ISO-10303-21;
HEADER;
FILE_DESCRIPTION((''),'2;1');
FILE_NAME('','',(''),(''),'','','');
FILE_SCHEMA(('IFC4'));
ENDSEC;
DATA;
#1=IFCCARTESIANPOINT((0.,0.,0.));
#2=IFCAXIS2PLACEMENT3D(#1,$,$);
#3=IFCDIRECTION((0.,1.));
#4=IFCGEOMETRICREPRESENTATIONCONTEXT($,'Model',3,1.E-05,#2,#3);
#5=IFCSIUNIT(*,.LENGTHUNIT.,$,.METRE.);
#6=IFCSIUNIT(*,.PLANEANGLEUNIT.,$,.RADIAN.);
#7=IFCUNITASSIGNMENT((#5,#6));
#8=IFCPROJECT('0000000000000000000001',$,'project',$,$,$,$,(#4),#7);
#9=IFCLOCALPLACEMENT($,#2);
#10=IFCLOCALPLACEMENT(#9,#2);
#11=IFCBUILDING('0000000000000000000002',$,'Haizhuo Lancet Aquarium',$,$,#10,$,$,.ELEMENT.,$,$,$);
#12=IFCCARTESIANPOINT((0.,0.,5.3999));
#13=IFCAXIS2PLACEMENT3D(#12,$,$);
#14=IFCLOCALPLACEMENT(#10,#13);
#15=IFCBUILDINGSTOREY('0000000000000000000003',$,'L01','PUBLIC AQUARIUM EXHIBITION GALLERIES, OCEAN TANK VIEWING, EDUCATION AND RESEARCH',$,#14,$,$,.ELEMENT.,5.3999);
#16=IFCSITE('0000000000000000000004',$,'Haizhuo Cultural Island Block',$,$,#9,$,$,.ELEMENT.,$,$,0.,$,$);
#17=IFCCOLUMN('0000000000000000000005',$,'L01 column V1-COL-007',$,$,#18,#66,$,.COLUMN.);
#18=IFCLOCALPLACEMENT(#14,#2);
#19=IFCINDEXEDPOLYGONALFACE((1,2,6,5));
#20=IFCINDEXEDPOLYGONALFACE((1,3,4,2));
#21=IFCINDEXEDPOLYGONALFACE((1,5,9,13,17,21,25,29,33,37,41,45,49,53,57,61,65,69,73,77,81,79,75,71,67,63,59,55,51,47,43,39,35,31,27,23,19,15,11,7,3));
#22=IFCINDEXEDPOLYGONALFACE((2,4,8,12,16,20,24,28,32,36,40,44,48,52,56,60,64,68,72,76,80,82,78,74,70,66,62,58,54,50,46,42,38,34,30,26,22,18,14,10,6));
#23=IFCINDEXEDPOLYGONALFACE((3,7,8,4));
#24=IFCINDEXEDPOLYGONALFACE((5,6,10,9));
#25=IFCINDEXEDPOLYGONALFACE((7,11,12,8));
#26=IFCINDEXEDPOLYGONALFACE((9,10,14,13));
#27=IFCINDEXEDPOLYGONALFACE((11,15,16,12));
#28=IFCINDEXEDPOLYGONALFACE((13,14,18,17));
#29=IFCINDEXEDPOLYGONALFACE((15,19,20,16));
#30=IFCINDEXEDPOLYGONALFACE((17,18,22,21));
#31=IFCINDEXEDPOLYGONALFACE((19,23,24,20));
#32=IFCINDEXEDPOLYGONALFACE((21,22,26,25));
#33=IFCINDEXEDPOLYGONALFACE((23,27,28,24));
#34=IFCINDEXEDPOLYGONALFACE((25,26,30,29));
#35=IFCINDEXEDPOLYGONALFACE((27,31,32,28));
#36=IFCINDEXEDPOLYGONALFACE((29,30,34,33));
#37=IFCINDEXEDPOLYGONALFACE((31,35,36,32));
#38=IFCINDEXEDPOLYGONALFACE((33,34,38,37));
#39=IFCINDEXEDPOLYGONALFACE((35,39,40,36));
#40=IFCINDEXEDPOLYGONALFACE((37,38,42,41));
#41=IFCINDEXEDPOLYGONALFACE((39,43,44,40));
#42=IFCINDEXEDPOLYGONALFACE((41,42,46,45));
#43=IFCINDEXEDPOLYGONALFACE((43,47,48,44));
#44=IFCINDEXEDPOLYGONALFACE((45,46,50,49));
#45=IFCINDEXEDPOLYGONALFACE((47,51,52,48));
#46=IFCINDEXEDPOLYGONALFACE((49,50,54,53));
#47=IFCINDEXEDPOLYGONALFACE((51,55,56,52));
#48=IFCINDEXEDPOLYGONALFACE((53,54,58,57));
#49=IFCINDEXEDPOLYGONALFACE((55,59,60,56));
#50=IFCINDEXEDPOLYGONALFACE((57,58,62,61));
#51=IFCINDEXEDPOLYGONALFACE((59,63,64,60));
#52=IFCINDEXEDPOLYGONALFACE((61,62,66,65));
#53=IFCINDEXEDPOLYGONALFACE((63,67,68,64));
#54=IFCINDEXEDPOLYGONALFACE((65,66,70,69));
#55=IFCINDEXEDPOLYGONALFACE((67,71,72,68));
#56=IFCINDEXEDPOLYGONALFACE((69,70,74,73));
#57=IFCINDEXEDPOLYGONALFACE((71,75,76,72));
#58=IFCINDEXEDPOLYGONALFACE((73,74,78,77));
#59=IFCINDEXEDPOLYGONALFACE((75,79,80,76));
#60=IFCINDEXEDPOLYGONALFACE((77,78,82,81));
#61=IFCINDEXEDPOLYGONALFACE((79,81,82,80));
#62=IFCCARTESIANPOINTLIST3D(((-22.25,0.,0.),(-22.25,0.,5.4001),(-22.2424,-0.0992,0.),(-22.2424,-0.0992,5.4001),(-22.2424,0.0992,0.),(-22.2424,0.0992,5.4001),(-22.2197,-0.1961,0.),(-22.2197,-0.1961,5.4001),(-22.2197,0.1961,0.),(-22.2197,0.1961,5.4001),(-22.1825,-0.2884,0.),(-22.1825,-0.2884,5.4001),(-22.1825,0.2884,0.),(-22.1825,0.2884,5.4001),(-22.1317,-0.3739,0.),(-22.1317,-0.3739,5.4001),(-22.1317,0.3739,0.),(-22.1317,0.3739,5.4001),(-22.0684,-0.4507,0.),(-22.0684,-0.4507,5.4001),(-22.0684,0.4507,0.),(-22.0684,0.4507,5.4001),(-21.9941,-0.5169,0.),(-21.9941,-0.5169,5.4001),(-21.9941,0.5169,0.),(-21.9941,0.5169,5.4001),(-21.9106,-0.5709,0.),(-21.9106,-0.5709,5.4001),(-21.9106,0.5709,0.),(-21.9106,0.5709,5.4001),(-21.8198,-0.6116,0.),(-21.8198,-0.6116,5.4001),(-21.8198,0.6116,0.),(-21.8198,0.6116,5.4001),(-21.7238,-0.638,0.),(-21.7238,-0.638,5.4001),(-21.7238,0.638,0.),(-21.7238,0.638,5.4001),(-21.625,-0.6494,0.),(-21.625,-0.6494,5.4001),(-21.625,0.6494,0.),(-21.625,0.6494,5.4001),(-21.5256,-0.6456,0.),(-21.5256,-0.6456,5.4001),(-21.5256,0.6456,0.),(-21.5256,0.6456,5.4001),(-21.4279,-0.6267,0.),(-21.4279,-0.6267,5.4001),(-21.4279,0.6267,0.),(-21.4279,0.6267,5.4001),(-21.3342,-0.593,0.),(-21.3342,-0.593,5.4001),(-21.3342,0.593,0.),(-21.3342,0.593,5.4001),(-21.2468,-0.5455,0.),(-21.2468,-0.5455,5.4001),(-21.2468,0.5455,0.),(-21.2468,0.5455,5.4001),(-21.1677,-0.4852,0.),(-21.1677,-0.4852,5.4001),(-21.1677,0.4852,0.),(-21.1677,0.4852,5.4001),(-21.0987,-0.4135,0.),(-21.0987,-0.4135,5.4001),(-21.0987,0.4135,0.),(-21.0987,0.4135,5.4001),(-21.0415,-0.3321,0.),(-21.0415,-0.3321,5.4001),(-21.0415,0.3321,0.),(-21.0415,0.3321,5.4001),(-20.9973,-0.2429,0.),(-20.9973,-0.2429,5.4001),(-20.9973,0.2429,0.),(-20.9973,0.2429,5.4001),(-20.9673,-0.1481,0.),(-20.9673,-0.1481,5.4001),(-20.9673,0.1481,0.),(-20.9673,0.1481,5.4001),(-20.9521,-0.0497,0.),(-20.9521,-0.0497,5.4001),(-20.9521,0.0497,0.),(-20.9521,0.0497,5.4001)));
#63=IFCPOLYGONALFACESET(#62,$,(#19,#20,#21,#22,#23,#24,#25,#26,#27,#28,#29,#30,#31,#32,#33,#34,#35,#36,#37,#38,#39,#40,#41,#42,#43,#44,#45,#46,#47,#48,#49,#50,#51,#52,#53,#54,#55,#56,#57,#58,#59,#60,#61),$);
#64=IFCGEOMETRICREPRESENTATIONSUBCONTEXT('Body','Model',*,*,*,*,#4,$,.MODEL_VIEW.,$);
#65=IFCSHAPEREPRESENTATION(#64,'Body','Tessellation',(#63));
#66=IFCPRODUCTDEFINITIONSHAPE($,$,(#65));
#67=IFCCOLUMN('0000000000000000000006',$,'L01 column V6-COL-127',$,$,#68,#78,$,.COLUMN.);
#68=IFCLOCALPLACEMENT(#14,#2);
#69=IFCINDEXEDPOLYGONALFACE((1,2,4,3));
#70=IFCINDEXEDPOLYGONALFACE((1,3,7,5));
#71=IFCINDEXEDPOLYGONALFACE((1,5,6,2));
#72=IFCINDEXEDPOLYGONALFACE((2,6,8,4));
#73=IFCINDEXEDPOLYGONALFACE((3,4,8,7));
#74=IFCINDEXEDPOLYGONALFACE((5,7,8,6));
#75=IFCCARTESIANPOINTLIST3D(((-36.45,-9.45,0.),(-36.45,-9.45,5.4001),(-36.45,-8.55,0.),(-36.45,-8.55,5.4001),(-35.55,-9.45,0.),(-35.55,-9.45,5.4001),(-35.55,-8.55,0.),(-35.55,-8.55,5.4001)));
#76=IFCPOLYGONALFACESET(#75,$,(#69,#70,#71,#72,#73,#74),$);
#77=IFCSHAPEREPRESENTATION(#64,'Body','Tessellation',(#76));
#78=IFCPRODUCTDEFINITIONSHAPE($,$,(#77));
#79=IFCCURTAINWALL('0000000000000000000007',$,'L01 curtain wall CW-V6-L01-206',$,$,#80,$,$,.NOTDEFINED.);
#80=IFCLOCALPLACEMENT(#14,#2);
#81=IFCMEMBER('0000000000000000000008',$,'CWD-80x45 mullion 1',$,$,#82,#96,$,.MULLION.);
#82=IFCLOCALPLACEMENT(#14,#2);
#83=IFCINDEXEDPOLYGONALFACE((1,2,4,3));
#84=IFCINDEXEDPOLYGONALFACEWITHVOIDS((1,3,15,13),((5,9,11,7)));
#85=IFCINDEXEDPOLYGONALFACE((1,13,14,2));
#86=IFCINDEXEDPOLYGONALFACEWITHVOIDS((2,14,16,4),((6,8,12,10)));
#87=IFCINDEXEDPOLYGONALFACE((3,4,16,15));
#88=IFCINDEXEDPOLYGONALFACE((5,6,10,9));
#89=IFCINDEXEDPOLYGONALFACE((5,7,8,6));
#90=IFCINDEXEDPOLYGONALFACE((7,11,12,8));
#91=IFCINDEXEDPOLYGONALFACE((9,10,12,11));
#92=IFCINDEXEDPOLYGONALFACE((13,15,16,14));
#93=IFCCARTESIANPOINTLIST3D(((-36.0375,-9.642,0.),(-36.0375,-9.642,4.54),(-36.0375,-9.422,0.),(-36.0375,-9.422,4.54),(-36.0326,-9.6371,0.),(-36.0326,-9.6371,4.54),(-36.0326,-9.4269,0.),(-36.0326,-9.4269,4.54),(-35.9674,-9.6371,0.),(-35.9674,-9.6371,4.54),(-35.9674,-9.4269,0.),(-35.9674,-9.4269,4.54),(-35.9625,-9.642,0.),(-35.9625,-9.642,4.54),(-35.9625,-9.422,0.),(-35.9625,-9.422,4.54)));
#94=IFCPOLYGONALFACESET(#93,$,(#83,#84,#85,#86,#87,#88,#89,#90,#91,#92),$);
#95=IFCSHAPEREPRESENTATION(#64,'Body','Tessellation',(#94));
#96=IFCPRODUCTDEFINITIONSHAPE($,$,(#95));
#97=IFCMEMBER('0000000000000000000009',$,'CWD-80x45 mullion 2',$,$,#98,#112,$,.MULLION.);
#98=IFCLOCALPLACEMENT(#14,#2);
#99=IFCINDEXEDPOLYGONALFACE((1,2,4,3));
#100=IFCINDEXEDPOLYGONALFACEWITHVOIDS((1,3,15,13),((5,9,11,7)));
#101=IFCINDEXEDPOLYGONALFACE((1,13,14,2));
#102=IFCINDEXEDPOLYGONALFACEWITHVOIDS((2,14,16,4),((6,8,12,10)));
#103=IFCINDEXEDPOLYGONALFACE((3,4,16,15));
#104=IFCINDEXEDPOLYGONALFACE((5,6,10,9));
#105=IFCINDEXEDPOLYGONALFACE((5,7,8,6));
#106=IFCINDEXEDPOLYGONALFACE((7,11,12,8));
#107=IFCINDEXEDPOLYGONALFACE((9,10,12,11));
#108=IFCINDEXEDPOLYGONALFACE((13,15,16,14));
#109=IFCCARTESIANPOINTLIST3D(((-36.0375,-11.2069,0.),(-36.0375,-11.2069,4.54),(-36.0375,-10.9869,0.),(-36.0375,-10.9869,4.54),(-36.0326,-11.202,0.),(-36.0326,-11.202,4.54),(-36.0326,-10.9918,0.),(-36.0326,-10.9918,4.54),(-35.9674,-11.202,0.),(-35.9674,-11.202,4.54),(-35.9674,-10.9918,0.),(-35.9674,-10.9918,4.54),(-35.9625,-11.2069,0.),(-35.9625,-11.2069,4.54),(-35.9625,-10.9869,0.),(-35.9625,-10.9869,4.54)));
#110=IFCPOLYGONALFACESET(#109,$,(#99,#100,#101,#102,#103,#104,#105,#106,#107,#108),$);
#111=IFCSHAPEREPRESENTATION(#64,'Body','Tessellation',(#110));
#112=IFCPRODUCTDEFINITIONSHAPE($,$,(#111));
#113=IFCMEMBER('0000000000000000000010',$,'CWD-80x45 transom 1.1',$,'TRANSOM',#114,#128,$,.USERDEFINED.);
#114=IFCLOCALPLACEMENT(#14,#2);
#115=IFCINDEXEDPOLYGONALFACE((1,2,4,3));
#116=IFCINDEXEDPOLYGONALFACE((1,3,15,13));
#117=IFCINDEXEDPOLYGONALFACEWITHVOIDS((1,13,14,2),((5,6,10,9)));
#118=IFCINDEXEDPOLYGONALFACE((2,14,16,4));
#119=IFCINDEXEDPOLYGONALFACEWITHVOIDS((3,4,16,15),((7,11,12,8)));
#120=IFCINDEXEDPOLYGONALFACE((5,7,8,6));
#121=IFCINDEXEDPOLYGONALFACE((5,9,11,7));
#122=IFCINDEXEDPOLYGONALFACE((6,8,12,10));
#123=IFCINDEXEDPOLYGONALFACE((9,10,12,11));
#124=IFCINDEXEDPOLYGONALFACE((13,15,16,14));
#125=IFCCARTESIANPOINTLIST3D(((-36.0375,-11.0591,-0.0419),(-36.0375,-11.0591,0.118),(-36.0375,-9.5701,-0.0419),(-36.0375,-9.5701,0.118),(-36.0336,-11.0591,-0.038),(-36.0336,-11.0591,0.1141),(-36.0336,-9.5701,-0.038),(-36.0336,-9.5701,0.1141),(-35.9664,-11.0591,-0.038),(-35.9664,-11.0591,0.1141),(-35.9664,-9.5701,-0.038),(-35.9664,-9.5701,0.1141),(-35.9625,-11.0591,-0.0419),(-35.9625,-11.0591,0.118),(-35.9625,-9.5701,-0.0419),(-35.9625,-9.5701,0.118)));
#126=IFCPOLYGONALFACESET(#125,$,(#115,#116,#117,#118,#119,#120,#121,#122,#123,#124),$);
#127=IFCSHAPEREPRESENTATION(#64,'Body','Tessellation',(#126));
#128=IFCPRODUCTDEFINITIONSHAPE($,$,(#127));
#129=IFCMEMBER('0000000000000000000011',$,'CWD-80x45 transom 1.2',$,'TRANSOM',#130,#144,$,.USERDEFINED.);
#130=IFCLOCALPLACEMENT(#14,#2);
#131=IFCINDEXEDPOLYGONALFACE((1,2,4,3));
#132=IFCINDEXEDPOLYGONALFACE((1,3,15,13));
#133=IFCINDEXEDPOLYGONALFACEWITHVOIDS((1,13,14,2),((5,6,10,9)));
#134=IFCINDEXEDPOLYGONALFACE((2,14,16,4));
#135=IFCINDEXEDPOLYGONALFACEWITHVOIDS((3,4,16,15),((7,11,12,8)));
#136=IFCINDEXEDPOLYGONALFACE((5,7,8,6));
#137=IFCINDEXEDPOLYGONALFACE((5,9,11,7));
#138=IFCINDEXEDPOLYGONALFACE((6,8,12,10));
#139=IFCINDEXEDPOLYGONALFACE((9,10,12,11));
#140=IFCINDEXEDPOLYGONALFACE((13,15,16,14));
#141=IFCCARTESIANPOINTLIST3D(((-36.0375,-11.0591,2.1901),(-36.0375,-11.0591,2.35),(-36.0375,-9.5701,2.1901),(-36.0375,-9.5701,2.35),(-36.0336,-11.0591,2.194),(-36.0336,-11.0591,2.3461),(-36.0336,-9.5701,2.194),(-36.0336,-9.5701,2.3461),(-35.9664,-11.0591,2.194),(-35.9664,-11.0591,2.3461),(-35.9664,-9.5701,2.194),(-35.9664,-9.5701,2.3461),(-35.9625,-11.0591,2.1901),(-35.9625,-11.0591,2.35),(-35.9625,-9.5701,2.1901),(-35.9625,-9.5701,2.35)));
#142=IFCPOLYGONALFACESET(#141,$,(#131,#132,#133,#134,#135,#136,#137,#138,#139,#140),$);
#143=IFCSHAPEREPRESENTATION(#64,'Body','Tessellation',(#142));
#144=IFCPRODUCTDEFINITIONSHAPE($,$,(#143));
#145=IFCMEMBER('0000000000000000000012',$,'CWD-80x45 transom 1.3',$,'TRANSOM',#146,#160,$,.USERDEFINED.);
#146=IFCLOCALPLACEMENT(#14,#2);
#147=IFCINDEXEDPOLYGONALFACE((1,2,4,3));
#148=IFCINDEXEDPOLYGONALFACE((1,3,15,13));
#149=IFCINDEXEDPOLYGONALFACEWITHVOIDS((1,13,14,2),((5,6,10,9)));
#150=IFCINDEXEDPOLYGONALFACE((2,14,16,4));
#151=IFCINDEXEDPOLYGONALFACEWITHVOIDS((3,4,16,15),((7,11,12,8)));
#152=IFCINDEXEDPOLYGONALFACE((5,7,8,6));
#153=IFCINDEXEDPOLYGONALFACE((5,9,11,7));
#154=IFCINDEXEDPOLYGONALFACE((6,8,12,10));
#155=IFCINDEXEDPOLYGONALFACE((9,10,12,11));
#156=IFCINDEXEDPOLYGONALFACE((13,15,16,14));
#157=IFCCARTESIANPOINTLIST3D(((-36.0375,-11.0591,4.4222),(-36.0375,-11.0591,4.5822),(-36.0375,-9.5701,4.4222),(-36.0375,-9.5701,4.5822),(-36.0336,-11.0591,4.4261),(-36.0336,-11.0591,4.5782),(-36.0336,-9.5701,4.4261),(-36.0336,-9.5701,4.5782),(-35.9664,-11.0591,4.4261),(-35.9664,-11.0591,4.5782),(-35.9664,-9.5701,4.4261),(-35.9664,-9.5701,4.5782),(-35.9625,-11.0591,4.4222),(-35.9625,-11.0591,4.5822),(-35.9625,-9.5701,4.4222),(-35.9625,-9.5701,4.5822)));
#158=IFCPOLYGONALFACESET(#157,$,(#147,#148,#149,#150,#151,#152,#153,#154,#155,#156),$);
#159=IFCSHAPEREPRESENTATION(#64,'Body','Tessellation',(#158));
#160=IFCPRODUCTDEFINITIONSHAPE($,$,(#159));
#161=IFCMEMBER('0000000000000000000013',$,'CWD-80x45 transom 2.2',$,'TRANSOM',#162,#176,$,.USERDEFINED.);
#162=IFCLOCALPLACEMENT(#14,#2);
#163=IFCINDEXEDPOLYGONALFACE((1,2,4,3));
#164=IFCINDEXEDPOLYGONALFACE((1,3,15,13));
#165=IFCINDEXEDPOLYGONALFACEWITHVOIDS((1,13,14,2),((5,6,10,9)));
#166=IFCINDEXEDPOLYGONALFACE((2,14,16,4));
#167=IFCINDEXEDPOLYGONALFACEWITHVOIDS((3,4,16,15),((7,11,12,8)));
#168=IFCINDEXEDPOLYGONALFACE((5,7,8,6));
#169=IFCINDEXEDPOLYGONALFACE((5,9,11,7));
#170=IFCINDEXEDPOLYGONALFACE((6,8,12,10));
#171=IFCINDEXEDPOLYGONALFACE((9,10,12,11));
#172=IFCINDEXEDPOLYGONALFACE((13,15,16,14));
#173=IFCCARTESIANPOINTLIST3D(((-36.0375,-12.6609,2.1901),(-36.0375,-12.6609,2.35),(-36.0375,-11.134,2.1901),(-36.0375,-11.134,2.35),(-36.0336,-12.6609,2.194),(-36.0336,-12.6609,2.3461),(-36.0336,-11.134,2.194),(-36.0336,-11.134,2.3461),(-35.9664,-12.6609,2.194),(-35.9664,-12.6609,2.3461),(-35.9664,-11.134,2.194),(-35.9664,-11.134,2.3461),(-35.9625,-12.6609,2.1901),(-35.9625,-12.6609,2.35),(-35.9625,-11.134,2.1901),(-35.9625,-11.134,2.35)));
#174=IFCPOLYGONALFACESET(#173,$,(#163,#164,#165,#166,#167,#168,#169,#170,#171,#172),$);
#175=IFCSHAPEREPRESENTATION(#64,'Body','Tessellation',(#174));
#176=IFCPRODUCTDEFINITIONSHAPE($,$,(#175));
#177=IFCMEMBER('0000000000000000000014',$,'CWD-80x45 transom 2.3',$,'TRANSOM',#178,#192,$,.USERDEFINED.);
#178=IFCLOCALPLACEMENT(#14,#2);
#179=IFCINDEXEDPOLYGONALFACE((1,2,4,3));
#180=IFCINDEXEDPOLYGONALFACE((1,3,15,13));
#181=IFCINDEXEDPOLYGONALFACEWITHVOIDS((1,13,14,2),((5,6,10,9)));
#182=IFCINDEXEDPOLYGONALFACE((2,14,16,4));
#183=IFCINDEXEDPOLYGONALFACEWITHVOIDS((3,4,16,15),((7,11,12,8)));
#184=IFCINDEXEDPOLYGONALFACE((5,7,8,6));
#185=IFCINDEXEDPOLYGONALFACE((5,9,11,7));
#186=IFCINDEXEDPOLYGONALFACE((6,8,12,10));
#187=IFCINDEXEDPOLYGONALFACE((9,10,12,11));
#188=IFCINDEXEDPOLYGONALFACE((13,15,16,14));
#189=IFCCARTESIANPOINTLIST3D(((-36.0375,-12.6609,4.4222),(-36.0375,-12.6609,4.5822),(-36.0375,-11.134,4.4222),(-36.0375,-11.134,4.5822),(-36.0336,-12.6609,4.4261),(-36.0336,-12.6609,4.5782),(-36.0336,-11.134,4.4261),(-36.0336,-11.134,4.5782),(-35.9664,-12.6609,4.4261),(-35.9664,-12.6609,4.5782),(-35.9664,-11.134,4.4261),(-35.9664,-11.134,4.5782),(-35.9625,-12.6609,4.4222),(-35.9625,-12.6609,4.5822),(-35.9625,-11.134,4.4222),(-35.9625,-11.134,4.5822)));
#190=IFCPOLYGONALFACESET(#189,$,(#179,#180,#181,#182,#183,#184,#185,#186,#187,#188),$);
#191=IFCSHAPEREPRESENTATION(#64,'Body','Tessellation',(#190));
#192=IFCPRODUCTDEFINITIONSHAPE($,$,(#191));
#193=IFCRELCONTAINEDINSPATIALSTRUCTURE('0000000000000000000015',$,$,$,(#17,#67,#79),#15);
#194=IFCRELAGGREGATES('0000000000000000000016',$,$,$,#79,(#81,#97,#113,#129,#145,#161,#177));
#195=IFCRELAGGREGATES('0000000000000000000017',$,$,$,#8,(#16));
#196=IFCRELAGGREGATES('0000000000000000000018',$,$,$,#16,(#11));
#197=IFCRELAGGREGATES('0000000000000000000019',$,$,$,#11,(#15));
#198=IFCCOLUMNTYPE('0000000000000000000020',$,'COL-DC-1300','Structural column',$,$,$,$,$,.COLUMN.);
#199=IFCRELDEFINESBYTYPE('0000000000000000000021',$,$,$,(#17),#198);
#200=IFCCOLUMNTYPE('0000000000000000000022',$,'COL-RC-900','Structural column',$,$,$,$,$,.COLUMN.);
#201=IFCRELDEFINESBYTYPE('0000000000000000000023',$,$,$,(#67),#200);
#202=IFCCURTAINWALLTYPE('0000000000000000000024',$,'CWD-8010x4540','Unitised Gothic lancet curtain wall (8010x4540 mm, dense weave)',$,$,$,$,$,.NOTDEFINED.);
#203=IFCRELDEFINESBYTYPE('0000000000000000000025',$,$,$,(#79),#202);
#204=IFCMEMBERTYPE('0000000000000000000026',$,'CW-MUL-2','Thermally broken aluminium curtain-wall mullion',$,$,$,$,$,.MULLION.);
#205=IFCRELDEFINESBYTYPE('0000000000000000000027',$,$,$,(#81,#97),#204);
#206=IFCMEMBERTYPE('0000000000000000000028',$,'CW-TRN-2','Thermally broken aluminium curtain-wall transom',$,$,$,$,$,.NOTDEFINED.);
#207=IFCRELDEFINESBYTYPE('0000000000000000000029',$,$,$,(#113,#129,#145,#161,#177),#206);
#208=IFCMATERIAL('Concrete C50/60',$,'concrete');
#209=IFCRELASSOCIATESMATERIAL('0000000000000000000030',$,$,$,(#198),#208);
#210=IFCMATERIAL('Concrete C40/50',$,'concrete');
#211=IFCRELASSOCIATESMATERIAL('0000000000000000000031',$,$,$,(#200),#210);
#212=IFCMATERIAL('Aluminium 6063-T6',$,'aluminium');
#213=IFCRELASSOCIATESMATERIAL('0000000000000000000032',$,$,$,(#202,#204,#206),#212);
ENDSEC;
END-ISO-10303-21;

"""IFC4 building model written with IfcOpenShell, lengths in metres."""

from ifc_helpers import new_model, si_unit, direction, frame, origin, origin_2d, place, context, subcontext, project, spatial, rectangle, hollow_rectangle, circle, extrude, material, material_profile, profile_set, type_object, element, aggregate, save


model = new_model("IFC4")

# Units and contexts
model_context = context("Model", 3, precision=1e-05, world=origin(), true_north=direction((0.0, 1.0)))
body_context = subcontext(model_context, "Body", "Model", "MODEL_VIEW")
ifc_project = project(units=[si_unit("LENGTHUNIT", "METRE"), si_unit("PLANEANGLEUNIT", "RADIAN")], contexts=[model_context])

# Site, building, storey
site_placement = place(None, origin())
site = spatial("IfcSite", under=ifc_project, at=site_placement, Name="Haizhuo Cultural Island Block", CompositionType="ELEMENT", RefElevation=0.0)
building_placement = place(site_placement, origin())
building = spatial("IfcBuilding", under=site, at=building_placement, Name="Haizhuo Lancet Aquarium", CompositionType="ELEMENT")
storey_placement = place(building_placement, frame((0.0, 0.0, 5.3999)))
storey = spatial("IfcBuildingStorey", under=building, at=storey_placement, Name="L01", Description="PUBLIC AQUARIUM EXHIBITION GALLERIES, OCEAN TANK VIEWING, EDUCATION AND RESEARCH", CompositionType="ELEMENT", Elevation=5.3999)

# Columns
ifc_material_1 = material(Name="Concrete C50/60", Category="concrete")
ifc_material_profile_1 = material_profile(ifc_material_1, circle(Radius=0.6499, at=origin_2d()), Name="RC-DC 1300")
ifc_profile_set_1 = profile_set([ifc_material_profile_1], Name="Concrete C50/60")
column_type_1 = type_object("IfcColumnType", Name="COL-DC-1300", Description="Structural column", PredefinedType="COLUMN", material=ifc_profile_set_1)
column_1_placement = place(storey_placement, frame((-21.6001, 0.0, 0.0), z_axis=(0.0, 0.0, 1.0), x_axis=(-1.0, 0.0, 0.0)))
element("IfcColumn", 1, at=column_1_placement, inside=storey, type_object=column_type_1, Name="L01 column V1-COL-007", PredefinedType="COLUMN", context=body_context, shape_type="SweptSolid", body=[
    extrude(circle(Radius=0.6499, at=origin_2d()), origin(), (0.0, 0.0, 1.0), 5.4001),
])
ifc_material_2 = material(Name="Concrete C40/50", Category="concrete")
ifc_material_profile_2 = material_profile(ifc_material_2, rectangle(XDim=0.8999, YDim=0.8999, at=origin_2d()), Name="RC-COL 900x900")
ifc_profile_set_2 = profile_set([ifc_material_profile_2], Name="Concrete C40/50")
column_type_2 = type_object("IfcColumnType", Name="COL-RC-900", Description="Structural column", PredefinedType="COLUMN", material=ifc_profile_set_2)
column_2_placement = place(storey_placement, frame((-36.0, -9.0, 0.0), z_axis=(0.0, 0.0, 1.0), x_axis=(1.0, 0.0, 0.0)))
element("IfcColumn", 2, at=column_2_placement, inside=storey, type_object=column_type_2, Name="L01 column V6-COL-127", PredefinedType="COLUMN", context=body_context, shape_type="SweptSolid", body=[
    extrude(rectangle(XDim=0.8999, YDim=0.8999, at=origin_2d()), origin(), (0.0, 0.0, 1.0), 5.4001),
])

# Curtain wall, members
ifc_material_3 = material(Name="Aluminium 6063-T6", Category="aluminium")
curtain_wall_type = type_object("IfcCurtainWallType", Name="CWD-8010x4540", Description="Unitised Gothic lancet curtain wall (8010x4540 mm, dense weave)", PredefinedType="NOTDEFINED", material=ifc_material_3)
curtain_wall_placement = place(storey_placement, origin())
curtain_wall = element("IfcCurtainWall", 3, at=curtain_wall_placement, inside=storey, type_object=curtain_wall_type, Name="L01 curtain wall CW-V6-L01-206", PredefinedType="NOTDEFINED")
ifc_material_profile_3 = material_profile(ifc_material_3, hollow_rectangle(XDim=0.075, YDim=0.22, WallThickness=0.0049, at=origin_2d()), Name="ALU-M 75x220x5")
ifc_profile_set_3 = profile_set([ifc_material_profile_3], Name="Aluminium 6063-T6")
member_type_1 = type_object("IfcMemberType", Name="CW-MUL-2", Description="Thermally broken aluminium curtain-wall mullion", PredefinedType="MULLION", material=ifc_profile_set_3)
member_1_placement = place(storey_placement, frame((-36.0, -9.532, 0.0), z_axis=(0.0, 0.0, 1.0), x_axis=(1.0, 0.0, 0.0)))
member_1 = element("IfcMember", 4, at=member_1_placement, type_object=member_type_1, Name="CWD-80x45 mullion 1", PredefinedType="MULLION", context=body_context, shape_type="SweptSolid", body=[
    extrude(hollow_rectangle(XDim=0.075, YDim=0.22, WallThickness=0.0049, at=origin_2d()), origin(), (0.0, 0.0, 1.0), 4.54),
])
member_2_placement = place(storey_placement, frame((-36.0, -11.0969, 0.0), z_axis=(0.0, 0.0, 1.0), x_axis=(1.0, 0.0, 0.0)))
member_2 = element("IfcMember", 5, at=member_2_placement, type_object=member_type_1, Name="CWD-80x45 mullion 2", PredefinedType="MULLION", context=body_context, shape_type="SweptSolid", body=[
    extrude(hollow_rectangle(XDim=0.075, YDim=0.22, WallThickness=0.0049, at=origin_2d()), origin(), (0.0, 0.0, 1.0), 4.54),
])
ifc_material_profile_4 = material_profile(ifc_material_3, hollow_rectangle(XDim=0.075, YDim=0.1599, WallThickness=0.0039, at=origin_2d()), Name="ALU-T 75x160x4")
ifc_profile_set_4 = profile_set([ifc_material_profile_4], Name="Aluminium 6063-T6")
member_type_2 = type_object("IfcMemberType", Name="CW-TRN-2", Description="Thermally broken aluminium curtain-wall transom", PredefinedType="NOTDEFINED", material=ifc_profile_set_4)
member_3_placement = place(storey_placement, frame((-36.0, -9.5701, 0.0381), z_axis=(0.0, -1.0, 0.0), x_axis=(1.0, 0.0, 0.0)))
member_3 = element("IfcMember", 6, at=member_3_placement, type_object=member_type_2, Name="CWD-80x45 transom 1.1", ObjectType="TRANSOM", PredefinedType="USERDEFINED", context=body_context, shape_type="SweptSolid", body=[
    extrude(hollow_rectangle(XDim=0.075, YDim=0.1599, WallThickness=0.0039, at=origin_2d()), origin(), (0.0, 0.0, 1.0), 1.489),
])
member_4_placement = place(storey_placement, frame((-36.0, -9.5701, 2.27), z_axis=(0.0, -1.0, 0.0), x_axis=(1.0, 0.0, 0.0)))
member_4 = element("IfcMember", 7, at=member_4_placement, type_object=member_type_2, Name="CWD-80x45 transom 1.2", ObjectType="TRANSOM", PredefinedType="USERDEFINED", context=body_context, shape_type="SweptSolid", body=[
    extrude(hollow_rectangle(XDim=0.075, YDim=0.1599, WallThickness=0.0039, at=origin_2d()), origin(), (0.0, 0.0, 1.0), 1.489),
])
member_5_placement = place(storey_placement, frame((-36.0, -9.5701, 4.5022), z_axis=(0.0, -1.0, 0.0), x_axis=(1.0, 0.0, 0.0)))
member_5 = element("IfcMember", 8, at=member_5_placement, type_object=member_type_2, Name="CWD-80x45 transom 1.3", ObjectType="TRANSOM", PredefinedType="USERDEFINED", context=body_context, shape_type="SweptSolid", body=[
    extrude(hollow_rectangle(XDim=0.075, YDim=0.1599, WallThickness=0.0039, at=origin_2d()), origin(), (0.0, 0.0, 1.0), 1.489),
])
member_6_placement = place(storey_placement, frame((-36.0, -11.134, 2.27), z_axis=(0.0, -1.0, 0.0), x_axis=(1.0, 0.0, 0.0)))
member_6 = element("IfcMember", 9, at=member_6_placement, type_object=member_type_2, Name="CWD-80x45 transom 2.2", ObjectType="TRANSOM", PredefinedType="USERDEFINED", context=body_context, shape_type="SweptSolid", body=[
    extrude(hollow_rectangle(XDim=0.075, YDim=0.1599, WallThickness=0.0039, at=origin_2d()), origin(), (0.0, 0.0, 1.0), 1.5269),
])
member_7_placement = place(storey_placement, frame((-36.0, -11.134, 4.5022), z_axis=(0.0, -1.0, 0.0), x_axis=(1.0, 0.0, 0.0)))
member_7 = element("IfcMember", 10, at=member_7_placement, type_object=member_type_2, Name="CWD-80x45 transom 2.3", ObjectType="TRANSOM", PredefinedType="USERDEFINED", context=body_context, shape_type="SweptSolid", body=[
    extrude(hollow_rectangle(XDim=0.075, YDim=0.1599, WallThickness=0.0039, at=origin_2d()), origin(), (0.0, 0.0, 1.0), 1.5269),
])

aggregate(curtain_wall, [member_1, member_2, member_3, member_4, member_5, member_6, member_7])

save(model, "model.ifc")
